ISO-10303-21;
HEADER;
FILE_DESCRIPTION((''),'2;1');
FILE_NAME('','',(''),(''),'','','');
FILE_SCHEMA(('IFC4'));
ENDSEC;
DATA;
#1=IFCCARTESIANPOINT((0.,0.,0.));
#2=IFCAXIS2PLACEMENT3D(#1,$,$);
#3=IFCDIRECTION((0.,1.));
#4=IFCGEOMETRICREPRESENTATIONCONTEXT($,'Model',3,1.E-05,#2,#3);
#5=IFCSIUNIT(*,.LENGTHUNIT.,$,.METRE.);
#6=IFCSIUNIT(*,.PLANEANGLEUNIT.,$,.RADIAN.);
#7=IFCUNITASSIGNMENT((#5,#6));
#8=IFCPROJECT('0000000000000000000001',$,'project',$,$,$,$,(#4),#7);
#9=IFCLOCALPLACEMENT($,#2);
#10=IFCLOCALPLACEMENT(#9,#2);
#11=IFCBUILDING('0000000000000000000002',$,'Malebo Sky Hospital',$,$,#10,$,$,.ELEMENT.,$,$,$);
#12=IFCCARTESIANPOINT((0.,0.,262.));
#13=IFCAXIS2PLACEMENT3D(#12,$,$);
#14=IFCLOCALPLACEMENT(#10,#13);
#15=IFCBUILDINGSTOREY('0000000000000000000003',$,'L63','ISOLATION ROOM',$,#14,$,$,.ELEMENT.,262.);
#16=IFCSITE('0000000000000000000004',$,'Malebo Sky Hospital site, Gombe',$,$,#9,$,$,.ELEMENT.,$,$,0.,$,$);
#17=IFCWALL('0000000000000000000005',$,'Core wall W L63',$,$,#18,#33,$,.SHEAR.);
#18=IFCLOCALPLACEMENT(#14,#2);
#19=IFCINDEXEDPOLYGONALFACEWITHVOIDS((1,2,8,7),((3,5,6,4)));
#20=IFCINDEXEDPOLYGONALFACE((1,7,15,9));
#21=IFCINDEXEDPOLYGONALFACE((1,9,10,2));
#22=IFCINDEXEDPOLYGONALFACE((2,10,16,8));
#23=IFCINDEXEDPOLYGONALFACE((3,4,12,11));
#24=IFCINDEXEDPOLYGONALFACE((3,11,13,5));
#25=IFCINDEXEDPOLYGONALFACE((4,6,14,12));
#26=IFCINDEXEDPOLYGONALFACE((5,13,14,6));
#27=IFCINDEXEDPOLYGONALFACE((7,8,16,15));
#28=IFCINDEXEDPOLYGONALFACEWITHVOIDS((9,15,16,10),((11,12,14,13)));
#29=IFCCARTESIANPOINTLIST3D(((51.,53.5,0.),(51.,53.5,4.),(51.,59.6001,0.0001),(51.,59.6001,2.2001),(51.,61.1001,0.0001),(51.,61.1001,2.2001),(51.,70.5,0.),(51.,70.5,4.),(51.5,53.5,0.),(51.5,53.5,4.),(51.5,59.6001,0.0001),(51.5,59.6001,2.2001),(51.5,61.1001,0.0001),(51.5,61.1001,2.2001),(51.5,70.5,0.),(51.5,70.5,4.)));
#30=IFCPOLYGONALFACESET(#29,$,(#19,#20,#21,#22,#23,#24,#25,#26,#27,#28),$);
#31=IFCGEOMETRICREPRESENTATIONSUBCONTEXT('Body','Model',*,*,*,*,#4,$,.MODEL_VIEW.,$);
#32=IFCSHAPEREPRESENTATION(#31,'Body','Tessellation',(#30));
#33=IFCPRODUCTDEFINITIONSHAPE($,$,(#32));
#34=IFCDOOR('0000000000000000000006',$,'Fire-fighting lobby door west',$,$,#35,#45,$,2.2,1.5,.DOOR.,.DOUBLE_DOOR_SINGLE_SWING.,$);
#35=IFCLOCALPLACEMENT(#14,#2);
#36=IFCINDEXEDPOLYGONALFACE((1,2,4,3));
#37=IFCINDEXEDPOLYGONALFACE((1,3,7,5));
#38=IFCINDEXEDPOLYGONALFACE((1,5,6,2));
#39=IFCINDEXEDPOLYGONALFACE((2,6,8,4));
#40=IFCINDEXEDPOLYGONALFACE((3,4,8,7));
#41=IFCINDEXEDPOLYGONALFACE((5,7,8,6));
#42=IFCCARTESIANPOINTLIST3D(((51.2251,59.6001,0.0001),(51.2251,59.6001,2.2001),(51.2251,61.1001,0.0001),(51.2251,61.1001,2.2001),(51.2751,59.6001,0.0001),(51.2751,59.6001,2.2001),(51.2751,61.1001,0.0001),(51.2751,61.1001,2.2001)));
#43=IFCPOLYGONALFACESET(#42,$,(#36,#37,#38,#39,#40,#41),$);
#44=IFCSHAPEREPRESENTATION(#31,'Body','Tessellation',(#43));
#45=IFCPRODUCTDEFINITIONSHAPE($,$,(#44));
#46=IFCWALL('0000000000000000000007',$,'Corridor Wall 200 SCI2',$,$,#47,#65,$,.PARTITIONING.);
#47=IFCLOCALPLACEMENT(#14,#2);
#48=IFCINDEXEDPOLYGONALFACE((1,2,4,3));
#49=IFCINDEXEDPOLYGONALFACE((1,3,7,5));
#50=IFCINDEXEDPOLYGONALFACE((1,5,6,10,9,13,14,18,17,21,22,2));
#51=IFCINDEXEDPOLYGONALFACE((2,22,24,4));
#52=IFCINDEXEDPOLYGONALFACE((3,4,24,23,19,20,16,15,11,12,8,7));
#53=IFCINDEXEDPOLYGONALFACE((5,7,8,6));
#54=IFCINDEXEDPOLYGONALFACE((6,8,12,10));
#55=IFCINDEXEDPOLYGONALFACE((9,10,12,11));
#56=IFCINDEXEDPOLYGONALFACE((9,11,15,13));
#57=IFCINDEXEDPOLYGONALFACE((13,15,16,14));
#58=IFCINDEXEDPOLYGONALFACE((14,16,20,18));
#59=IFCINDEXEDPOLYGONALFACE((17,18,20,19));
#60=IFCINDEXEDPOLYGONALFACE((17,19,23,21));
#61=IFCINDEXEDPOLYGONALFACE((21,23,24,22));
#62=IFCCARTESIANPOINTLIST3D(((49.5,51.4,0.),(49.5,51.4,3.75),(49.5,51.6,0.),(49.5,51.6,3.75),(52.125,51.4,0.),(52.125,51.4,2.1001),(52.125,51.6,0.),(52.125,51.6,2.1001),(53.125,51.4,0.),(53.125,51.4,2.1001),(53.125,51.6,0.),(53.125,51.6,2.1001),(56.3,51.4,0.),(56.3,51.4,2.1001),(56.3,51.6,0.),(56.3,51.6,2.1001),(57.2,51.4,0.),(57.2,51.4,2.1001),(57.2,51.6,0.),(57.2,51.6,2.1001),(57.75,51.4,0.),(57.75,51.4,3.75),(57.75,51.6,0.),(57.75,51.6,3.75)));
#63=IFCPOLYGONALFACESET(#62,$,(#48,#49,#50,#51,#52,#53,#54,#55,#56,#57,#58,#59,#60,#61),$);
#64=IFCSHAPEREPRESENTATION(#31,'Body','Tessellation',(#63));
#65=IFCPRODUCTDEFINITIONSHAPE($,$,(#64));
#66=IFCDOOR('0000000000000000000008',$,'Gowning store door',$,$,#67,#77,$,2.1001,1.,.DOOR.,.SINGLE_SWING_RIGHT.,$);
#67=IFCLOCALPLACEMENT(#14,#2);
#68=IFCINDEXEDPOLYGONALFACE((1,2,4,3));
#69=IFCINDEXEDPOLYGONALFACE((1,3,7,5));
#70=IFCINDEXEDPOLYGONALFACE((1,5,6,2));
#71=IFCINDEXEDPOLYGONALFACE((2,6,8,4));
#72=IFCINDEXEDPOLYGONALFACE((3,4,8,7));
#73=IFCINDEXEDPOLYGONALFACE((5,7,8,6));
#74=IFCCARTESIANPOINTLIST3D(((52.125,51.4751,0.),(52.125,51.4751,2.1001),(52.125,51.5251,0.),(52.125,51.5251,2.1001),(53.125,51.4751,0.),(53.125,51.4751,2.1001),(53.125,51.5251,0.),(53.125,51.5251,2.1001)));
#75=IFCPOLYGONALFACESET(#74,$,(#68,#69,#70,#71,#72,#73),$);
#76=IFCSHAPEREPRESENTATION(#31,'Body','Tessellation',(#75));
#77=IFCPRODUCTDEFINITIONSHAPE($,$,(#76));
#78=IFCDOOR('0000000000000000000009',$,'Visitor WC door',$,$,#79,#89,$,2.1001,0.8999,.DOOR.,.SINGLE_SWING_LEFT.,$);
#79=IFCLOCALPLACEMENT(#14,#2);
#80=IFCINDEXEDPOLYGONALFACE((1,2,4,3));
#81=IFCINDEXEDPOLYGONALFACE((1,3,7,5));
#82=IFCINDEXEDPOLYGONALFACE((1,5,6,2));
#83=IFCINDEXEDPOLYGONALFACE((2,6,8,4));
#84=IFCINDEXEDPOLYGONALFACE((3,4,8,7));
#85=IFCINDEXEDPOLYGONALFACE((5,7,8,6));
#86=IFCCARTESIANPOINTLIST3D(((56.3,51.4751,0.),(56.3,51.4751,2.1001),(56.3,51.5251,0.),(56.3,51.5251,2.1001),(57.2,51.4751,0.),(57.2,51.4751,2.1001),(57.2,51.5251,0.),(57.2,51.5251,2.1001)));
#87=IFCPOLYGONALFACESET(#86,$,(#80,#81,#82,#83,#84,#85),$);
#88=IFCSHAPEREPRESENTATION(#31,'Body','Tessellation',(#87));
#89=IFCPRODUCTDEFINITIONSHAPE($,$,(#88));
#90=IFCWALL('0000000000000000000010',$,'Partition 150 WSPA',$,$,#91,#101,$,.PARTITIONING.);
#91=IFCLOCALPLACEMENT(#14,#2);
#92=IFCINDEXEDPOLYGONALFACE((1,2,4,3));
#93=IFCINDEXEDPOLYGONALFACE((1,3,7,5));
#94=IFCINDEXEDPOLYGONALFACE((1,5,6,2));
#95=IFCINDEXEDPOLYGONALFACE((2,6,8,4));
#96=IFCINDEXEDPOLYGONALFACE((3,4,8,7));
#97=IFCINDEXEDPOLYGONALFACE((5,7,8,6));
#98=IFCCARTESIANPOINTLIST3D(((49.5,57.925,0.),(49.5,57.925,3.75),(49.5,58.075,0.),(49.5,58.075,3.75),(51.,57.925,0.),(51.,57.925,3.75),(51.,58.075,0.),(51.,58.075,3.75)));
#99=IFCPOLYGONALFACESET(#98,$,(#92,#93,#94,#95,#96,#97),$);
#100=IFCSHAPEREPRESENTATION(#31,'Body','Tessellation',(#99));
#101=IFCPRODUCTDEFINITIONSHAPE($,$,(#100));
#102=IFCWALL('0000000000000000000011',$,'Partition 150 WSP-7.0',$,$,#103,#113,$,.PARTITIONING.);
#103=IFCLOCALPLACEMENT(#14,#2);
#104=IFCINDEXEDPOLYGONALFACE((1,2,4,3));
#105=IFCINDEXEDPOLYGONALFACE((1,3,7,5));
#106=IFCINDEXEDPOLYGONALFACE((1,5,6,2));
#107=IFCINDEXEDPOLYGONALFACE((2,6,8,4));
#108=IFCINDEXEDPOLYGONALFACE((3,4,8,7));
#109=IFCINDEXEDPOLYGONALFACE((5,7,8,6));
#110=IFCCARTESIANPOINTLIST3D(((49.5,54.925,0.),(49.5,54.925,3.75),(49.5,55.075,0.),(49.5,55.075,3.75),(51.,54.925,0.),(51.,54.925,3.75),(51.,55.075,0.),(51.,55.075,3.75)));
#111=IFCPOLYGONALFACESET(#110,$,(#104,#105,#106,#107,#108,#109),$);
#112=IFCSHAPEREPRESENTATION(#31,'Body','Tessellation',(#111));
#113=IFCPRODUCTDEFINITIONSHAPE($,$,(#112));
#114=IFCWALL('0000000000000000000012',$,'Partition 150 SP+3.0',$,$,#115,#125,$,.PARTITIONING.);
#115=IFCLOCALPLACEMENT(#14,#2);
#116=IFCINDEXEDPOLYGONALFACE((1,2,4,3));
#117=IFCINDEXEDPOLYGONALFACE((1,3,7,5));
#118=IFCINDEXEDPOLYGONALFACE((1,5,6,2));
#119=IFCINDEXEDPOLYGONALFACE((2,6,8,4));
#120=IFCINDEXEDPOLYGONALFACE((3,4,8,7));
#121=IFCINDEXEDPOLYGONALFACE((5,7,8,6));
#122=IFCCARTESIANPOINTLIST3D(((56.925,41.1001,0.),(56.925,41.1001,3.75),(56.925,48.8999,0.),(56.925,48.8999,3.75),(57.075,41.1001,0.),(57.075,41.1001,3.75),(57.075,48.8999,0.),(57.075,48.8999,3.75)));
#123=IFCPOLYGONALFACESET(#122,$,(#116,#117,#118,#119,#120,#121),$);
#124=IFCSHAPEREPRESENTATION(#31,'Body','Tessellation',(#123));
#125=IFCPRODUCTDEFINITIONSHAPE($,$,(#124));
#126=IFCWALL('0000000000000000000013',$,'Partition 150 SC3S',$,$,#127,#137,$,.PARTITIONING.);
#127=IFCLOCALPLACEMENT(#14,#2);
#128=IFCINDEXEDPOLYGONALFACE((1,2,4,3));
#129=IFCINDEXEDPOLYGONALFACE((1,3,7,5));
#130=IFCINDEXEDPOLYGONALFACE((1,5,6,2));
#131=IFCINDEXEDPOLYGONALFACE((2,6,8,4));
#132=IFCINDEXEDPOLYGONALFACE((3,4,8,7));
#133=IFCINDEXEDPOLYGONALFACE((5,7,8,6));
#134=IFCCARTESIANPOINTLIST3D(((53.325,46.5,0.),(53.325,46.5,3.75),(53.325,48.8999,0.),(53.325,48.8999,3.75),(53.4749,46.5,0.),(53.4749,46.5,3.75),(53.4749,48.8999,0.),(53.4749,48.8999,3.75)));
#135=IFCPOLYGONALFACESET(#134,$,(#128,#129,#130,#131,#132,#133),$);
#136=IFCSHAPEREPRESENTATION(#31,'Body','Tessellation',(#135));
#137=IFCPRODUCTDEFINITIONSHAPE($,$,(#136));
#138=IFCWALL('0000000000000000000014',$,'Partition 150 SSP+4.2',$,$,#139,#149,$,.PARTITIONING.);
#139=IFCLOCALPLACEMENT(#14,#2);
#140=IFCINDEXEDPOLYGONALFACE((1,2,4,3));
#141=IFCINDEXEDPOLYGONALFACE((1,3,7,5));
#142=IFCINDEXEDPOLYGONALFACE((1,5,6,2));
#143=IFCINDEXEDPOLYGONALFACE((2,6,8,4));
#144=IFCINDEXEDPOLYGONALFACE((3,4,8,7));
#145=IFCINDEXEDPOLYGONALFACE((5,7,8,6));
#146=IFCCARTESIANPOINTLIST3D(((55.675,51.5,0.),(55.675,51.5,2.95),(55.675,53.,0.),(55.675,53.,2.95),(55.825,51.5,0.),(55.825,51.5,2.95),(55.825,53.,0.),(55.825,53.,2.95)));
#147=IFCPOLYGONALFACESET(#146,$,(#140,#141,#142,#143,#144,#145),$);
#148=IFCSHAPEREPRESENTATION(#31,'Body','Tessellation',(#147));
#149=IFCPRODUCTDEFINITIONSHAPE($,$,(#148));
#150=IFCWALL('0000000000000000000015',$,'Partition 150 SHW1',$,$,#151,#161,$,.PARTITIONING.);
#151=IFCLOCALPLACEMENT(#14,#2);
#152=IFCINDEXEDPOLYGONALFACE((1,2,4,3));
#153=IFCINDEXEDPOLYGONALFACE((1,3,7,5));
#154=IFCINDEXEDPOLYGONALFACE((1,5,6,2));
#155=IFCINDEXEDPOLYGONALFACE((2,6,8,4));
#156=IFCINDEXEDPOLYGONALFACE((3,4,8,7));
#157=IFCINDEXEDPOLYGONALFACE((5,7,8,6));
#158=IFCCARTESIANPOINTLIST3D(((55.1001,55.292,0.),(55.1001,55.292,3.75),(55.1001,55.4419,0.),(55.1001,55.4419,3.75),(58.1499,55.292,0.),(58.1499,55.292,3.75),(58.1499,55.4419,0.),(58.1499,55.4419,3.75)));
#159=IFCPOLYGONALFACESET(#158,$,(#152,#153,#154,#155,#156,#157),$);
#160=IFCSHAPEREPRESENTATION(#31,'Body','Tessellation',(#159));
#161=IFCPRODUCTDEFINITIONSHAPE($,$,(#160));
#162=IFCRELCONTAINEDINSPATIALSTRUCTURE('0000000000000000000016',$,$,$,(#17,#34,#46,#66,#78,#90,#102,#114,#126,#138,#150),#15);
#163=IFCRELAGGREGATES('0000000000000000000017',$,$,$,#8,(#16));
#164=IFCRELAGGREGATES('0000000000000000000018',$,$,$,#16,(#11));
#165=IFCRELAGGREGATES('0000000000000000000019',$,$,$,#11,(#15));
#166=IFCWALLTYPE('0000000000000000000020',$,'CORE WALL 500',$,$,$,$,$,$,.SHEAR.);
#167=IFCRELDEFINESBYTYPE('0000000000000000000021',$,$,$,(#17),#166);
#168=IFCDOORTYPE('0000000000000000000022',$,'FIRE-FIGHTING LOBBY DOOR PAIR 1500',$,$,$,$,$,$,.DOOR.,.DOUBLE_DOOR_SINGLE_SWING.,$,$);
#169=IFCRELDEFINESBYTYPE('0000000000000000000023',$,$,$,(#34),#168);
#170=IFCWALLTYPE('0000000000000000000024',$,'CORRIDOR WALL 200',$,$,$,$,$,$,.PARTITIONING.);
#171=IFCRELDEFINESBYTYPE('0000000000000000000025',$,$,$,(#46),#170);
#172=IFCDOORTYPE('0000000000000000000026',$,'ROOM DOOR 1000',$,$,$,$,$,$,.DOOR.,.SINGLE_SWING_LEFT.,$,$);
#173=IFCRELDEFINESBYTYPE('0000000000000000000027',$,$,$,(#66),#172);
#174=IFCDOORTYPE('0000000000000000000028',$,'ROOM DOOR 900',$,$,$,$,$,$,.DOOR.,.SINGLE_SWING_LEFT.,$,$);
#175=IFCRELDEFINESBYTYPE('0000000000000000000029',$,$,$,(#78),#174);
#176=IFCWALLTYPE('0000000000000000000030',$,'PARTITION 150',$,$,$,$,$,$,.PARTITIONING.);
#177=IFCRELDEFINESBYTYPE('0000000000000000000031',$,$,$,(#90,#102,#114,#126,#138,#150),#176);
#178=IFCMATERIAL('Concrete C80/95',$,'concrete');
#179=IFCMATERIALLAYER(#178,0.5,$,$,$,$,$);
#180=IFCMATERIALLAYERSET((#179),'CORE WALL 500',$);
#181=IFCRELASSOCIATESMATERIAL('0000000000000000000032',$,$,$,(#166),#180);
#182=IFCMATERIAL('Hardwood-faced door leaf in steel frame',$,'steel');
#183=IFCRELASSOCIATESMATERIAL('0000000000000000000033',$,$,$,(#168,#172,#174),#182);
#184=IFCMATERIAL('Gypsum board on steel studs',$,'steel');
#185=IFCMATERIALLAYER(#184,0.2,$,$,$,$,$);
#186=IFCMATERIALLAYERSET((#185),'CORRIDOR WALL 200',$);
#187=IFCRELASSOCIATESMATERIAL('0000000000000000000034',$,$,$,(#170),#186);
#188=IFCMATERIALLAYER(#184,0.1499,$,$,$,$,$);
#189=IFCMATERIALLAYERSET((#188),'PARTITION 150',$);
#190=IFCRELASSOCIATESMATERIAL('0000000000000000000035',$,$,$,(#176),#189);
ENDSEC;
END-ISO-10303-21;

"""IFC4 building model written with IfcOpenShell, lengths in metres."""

from ifc_helpers import new_model, si_unit, direction, frame, frame_2d, origin, place, context, subcontext, project, spatial, rectangle, extrude, material, layer, layer_set, type_object, element, fill, save


model = new_model("IFC4")

# Units and contexts
model_context = context("Model", 3, precision=1e-05, world=origin(), true_north=direction((0.0, 1.0)))
body_context = subcontext(model_context, "Body", "Model", "MODEL_VIEW")
ifc_project = project(units=[si_unit("LENGTHUNIT", "METRE"), si_unit("PLANEANGLEUNIT", "RADIAN")], contexts=[model_context])

# Site, building, storey
site_placement = place(None, origin())
site = spatial("IfcSite", under=ifc_project, at=site_placement, Name="Malebo Sky Hospital site, Gombe", CompositionType="ELEMENT", RefElevation=0.0)
building_placement = place(site_placement, origin())
building = spatial("IfcBuilding", under=site, at=building_placement, Name="Malebo Sky Hospital", CompositionType="ELEMENT")
storey_placement = place(building_placement, frame((0.0, 0.0, 262.0)))
storey = spatial("IfcBuildingStorey", under=building, at=storey_placement, Name="L63", Description="ISOLATION ROOM", CompositionType="ELEMENT", Elevation=262.0)

# Shared definitions
ifc_material_1 = material(Name="Concrete C80/95", Category="concrete")

# Wall, opening, door
ifc_layer_1 = layer(ifc_material_1, 0.5)
ifc_layer_set_1 = layer_set([ifc_layer_1], Name="CORE WALL 500")
wall_type_1 = type_object("IfcWallType", Name="CORE WALL 500", PredefinedType="SHEAR", material=ifc_layer_set_1)
wall_1_placement = place(storey_placement, frame((51.25, 53.5, 0.0), z_axis=(0.0, 0.0, 1.0), x_axis=(0.0, 1.0, 0.0)))
wall_1 = element("IfcWall", 1, at=wall_1_placement, inside=storey, type_object=wall_type_1, Name="Core wall W L63", PredefinedType="SHEAR", context=body_context, shape_type="SweptSolid", body=[
    extrude(rectangle(XDim=17.0, YDim=0.5, at=frame_2d((8.5, 0.0))), origin(), (0.0, 0.0, 1.0), 4.0),
])
opening_1_placement = place(wall_1_placement, frame((6.1001, 0.0, 0.0)))
opening_1 = element("IfcOpeningElement", 2, at=opening_1_placement, cuts=wall_1, PredefinedType="OPENING", context=body_context, shape_type="SweptSolid", body=[
    extrude(rectangle(XDim=1.5, YDim=2.2, at=frame_2d((0.75, 1.1001))), frame((0.0, 0.26, 0.0), z_axis=(0.0, -1.0, 0.0), x_axis=(1.0, 0.0, 0.0)), (0.0, 0.0, 1.0), 0.52),
])
ifc_material_2 = material(Name="Hardwood-faced door leaf in steel frame", Category="steel")
door_type_1 = type_object("IfcDoorType", Name="FIRE-FIGHTING LOBBY DOOR PAIR 1500", OperationType="DOUBLE_DOOR_SINGLE_SWING", PredefinedType="DOOR", material=ifc_material_2)
door_1_placement = place(opening_1_placement, origin())
door_1 = element("IfcDoor", 3, at=door_1_placement, inside=storey, type_object=door_type_1, Name="Fire-fighting lobby door west", OperationType="DOUBLE_DOOR_SINGLE_SWING", OverallHeight=2.2, OverallWidth=1.5, PredefinedType="DOOR", context=body_context, shape_type="SweptSolid", body=[
    extrude(rectangle(XDim=1.5, YDim=2.2, at=frame_2d((0.75, 1.1001))), frame((0.0, 0.0249, 0.0), z_axis=(0.0, -1.0, 0.0), x_axis=(1.0, 0.0, 0.0)), (0.0, 0.0, 1.0), 0.05),
])
fill(opening_1, door_1)

# Wall, openings, doors
ifc_material_3 = material(Name="Gypsum board on steel studs", Category="steel")
ifc_layer_2 = layer(ifc_material_3, 0.2)
ifc_layer_set_2 = layer_set([ifc_layer_2], Name="CORRIDOR WALL 200")
wall_type_2 = type_object("IfcWallType", Name="CORRIDOR WALL 200", PredefinedType="PARTITIONING", material=ifc_layer_set_2)
wall_2_placement = place(storey_placement, frame((57.75, 51.5, 0.0), z_axis=(0.0, 0.0, 1.0), x_axis=(-1.0, 0.0, 0.0)))
wall_2 = element("IfcWall", 4, at=wall_2_placement, inside=storey, type_object=wall_type_2, Name="Corridor Wall 200 SCI2", PredefinedType="PARTITIONING", context=body_context, shape_type="SweptSolid", body=[
    extrude(rectangle(XDim=8.25, YDim=0.2, at=frame_2d((4.125, 0.0))), origin(), (0.0, 0.0, 1.0), 3.75),
])
opening_2_placement = place(wall_2_placement, frame((0.55, 0.0, 0.0)))
opening_2 = element("IfcOpeningElement", 5, at=opening_2_placement, cuts=wall_2, PredefinedType="OPENING", context=body_context, shape_type="SweptSolid", body=[
    extrude(rectangle(XDim=0.8999, YDim=2.1001, at=frame_2d((0.45, 1.05))), frame((0.0, 0.1099, 0.0), z_axis=(0.0, -1.0, 0.0), x_axis=(1.0, 0.0, 0.0)), (0.0, 0.0, 1.0), 0.22),
])
opening_3_placement = place(wall_2_placement, frame((4.625, 0.0, 0.0)))
opening_3 = element("IfcOpeningElement", 6, at=opening_3_placement, cuts=wall_2, PredefinedType="OPENING", context=body_context, shape_type="SweptSolid", body=[
    extrude(rectangle(XDim=1.0, YDim=2.1001, at=frame_2d((0.5, 1.05))), frame((0.0, 0.1099, 0.0), z_axis=(0.0, -1.0, 0.0), x_axis=(1.0, 0.0, 0.0)), (0.0, 0.0, 1.0), 0.22),
])
door_type_2 = type_object("IfcDoorType", Name="ROOM DOOR 1000", OperationType="SINGLE_SWING_LEFT", PredefinedType="DOOR", material=ifc_material_2)
door_2_placement = place(opening_3_placement, origin())
door_2 = element("IfcDoor", 7, at=door_2_placement, inside=storey, type_object=door_type_2, Name="Gowning store door", OperationType="SINGLE_SWING_RIGHT", OverallHeight=2.1001, OverallWidth=1.0, PredefinedType="DOOR", context=body_context, shape_type="SweptSolid", body=[
    extrude(rectangle(XDim=1.0, YDim=2.1001, at=frame_2d((0.5, 1.05))), frame((0.0, 0.0249, 0.0), z_axis=(0.0, -1.0, 0.0), x_axis=(1.0, 0.0, 0.0)), (0.0, 0.0, 1.0), 0.05),
])
fill(opening_3, door_2)
door_type_3 = type_object("IfcDoorType", Name="ROOM DOOR 900", OperationType="SINGLE_SWING_LEFT", PredefinedType="DOOR", material=ifc_material_2)
door_3_placement = place(opening_2_placement, origin())
door_3 = element("IfcDoor", 8, at=door_3_placement, inside=storey, type_object=door_type_3, Name="Visitor WC door", OperationType="SINGLE_SWING_LEFT", OverallHeight=2.1001, OverallWidth=0.8999, PredefinedType="DOOR", context=body_context, shape_type="SweptSolid", body=[
    extrude(rectangle(XDim=0.8999, YDim=2.1001, at=frame_2d((0.45, 1.05))), frame((0.0, 0.0249, 0.0), z_axis=(0.0, -1.0, 0.0), x_axis=(1.0, 0.0, 0.0)), (0.0, 0.0, 1.0), 0.05),
])
fill(opening_2, door_3)

# Walls
ifc_layer_3 = layer(ifc_material_3, 0.1499)
ifc_layer_set_3 = layer_set([ifc_layer_3], Name="PARTITION 150")
wall_type_3 = type_object("IfcWallType", Name="PARTITION 150", PredefinedType="PARTITIONING", material=ifc_layer_set_3)
for number, where, z_axis, x_axis, name in (
    (9, (51.0, 58.0, 0.0), (0.0, 0.0, 1.0), (-1.0, 0.0, 0.0), "Partition 150 WSPA"),
    (10, (51.0, 55.0, 0.0), (0.0, 0.0, 1.0), (-1.0, 0.0, 0.0), "Partition 150 WSP-7.0"),
):
    element("IfcWall", number, at=place(storey_placement, frame(where, z_axis=z_axis, x_axis=x_axis)), inside=storey, type_object=wall_type_3, Name=name, PredefinedType="PARTITIONING", context=body_context, shape_type="SweptSolid", body=[
        extrude(rectangle(XDim=1.5, YDim=0.1499, at=frame_2d((0.75, 0.0))), origin(), (0.0, 0.0, 1.0), 3.75),
    ])
wall_3_placement = place(storey_placement, frame((57.0, 48.8999, 0.0), z_axis=(0.0, 0.0, 1.0), x_axis=(0.0, -1.0, 0.0)))
element("IfcWall", 11, at=wall_3_placement, inside=storey, type_object=wall_type_3, Name="Partition 150 SP+3.0", PredefinedType="PARTITIONING", context=body_context, shape_type="SweptSolid", body=[
    extrude(rectangle(XDim=7.7998, YDim=0.1499, at=frame_2d((3.8999, 0.0))), origin(), (0.0, 0.0, 1.0), 3.75),
])
wall_4_placement = place(storey_placement, frame((53.3999, 48.8999, 0.0), z_axis=(0.0, 0.0, 1.0), x_axis=(0.0, -1.0, 0.0)))
element("IfcWall", 12, at=wall_4_placement, inside=storey, type_object=wall_type_3, Name="Partition 150 SC3S", PredefinedType="PARTITIONING", context=body_context, shape_type="SweptSolid", body=[
    extrude(rectangle(XDim=2.3999, YDim=0.1499, at=frame_2d((1.2, 0.0))), origin(), (0.0, 0.0, 1.0), 3.75),
])
wall_5_placement = place(storey_placement, frame((55.75, 53.0, 0.0), z_axis=(0.0, 0.0, 1.0), x_axis=(0.0, -1.0, 0.0)))
element("IfcWall", 13, at=wall_5_placement, inside=storey, type_object=wall_type_3, Name="Partition 150 SSP+4.2", PredefinedType="PARTITIONING", context=body_context, shape_type="SweptSolid", body=[
    extrude(rectangle(XDim=1.5, YDim=0.1499, at=frame_2d((0.75, 0.0))), origin(), (0.0, 0.0, 1.0), 2.95),
])
wall_6_placement = place(storey_placement, frame((55.1001, 55.3669, 0.0), z_axis=(0.0, 0.0, 1.0), x_axis=(1.0, 0.0, 0.0)))
element("IfcWall", 14, at=wall_6_placement, inside=storey, type_object=wall_type_3, Name="Partition 150 SHW1", PredefinedType="PARTITIONING", context=body_context, shape_type="SweptSolid", body=[
    extrude(rectangle(XDim=3.0498, YDim=0.1499, at=frame_2d((1.5249, 0.0))), origin(), (0.0, 0.0, 1.0), 3.75),
])

save(model, "model.ifc")
